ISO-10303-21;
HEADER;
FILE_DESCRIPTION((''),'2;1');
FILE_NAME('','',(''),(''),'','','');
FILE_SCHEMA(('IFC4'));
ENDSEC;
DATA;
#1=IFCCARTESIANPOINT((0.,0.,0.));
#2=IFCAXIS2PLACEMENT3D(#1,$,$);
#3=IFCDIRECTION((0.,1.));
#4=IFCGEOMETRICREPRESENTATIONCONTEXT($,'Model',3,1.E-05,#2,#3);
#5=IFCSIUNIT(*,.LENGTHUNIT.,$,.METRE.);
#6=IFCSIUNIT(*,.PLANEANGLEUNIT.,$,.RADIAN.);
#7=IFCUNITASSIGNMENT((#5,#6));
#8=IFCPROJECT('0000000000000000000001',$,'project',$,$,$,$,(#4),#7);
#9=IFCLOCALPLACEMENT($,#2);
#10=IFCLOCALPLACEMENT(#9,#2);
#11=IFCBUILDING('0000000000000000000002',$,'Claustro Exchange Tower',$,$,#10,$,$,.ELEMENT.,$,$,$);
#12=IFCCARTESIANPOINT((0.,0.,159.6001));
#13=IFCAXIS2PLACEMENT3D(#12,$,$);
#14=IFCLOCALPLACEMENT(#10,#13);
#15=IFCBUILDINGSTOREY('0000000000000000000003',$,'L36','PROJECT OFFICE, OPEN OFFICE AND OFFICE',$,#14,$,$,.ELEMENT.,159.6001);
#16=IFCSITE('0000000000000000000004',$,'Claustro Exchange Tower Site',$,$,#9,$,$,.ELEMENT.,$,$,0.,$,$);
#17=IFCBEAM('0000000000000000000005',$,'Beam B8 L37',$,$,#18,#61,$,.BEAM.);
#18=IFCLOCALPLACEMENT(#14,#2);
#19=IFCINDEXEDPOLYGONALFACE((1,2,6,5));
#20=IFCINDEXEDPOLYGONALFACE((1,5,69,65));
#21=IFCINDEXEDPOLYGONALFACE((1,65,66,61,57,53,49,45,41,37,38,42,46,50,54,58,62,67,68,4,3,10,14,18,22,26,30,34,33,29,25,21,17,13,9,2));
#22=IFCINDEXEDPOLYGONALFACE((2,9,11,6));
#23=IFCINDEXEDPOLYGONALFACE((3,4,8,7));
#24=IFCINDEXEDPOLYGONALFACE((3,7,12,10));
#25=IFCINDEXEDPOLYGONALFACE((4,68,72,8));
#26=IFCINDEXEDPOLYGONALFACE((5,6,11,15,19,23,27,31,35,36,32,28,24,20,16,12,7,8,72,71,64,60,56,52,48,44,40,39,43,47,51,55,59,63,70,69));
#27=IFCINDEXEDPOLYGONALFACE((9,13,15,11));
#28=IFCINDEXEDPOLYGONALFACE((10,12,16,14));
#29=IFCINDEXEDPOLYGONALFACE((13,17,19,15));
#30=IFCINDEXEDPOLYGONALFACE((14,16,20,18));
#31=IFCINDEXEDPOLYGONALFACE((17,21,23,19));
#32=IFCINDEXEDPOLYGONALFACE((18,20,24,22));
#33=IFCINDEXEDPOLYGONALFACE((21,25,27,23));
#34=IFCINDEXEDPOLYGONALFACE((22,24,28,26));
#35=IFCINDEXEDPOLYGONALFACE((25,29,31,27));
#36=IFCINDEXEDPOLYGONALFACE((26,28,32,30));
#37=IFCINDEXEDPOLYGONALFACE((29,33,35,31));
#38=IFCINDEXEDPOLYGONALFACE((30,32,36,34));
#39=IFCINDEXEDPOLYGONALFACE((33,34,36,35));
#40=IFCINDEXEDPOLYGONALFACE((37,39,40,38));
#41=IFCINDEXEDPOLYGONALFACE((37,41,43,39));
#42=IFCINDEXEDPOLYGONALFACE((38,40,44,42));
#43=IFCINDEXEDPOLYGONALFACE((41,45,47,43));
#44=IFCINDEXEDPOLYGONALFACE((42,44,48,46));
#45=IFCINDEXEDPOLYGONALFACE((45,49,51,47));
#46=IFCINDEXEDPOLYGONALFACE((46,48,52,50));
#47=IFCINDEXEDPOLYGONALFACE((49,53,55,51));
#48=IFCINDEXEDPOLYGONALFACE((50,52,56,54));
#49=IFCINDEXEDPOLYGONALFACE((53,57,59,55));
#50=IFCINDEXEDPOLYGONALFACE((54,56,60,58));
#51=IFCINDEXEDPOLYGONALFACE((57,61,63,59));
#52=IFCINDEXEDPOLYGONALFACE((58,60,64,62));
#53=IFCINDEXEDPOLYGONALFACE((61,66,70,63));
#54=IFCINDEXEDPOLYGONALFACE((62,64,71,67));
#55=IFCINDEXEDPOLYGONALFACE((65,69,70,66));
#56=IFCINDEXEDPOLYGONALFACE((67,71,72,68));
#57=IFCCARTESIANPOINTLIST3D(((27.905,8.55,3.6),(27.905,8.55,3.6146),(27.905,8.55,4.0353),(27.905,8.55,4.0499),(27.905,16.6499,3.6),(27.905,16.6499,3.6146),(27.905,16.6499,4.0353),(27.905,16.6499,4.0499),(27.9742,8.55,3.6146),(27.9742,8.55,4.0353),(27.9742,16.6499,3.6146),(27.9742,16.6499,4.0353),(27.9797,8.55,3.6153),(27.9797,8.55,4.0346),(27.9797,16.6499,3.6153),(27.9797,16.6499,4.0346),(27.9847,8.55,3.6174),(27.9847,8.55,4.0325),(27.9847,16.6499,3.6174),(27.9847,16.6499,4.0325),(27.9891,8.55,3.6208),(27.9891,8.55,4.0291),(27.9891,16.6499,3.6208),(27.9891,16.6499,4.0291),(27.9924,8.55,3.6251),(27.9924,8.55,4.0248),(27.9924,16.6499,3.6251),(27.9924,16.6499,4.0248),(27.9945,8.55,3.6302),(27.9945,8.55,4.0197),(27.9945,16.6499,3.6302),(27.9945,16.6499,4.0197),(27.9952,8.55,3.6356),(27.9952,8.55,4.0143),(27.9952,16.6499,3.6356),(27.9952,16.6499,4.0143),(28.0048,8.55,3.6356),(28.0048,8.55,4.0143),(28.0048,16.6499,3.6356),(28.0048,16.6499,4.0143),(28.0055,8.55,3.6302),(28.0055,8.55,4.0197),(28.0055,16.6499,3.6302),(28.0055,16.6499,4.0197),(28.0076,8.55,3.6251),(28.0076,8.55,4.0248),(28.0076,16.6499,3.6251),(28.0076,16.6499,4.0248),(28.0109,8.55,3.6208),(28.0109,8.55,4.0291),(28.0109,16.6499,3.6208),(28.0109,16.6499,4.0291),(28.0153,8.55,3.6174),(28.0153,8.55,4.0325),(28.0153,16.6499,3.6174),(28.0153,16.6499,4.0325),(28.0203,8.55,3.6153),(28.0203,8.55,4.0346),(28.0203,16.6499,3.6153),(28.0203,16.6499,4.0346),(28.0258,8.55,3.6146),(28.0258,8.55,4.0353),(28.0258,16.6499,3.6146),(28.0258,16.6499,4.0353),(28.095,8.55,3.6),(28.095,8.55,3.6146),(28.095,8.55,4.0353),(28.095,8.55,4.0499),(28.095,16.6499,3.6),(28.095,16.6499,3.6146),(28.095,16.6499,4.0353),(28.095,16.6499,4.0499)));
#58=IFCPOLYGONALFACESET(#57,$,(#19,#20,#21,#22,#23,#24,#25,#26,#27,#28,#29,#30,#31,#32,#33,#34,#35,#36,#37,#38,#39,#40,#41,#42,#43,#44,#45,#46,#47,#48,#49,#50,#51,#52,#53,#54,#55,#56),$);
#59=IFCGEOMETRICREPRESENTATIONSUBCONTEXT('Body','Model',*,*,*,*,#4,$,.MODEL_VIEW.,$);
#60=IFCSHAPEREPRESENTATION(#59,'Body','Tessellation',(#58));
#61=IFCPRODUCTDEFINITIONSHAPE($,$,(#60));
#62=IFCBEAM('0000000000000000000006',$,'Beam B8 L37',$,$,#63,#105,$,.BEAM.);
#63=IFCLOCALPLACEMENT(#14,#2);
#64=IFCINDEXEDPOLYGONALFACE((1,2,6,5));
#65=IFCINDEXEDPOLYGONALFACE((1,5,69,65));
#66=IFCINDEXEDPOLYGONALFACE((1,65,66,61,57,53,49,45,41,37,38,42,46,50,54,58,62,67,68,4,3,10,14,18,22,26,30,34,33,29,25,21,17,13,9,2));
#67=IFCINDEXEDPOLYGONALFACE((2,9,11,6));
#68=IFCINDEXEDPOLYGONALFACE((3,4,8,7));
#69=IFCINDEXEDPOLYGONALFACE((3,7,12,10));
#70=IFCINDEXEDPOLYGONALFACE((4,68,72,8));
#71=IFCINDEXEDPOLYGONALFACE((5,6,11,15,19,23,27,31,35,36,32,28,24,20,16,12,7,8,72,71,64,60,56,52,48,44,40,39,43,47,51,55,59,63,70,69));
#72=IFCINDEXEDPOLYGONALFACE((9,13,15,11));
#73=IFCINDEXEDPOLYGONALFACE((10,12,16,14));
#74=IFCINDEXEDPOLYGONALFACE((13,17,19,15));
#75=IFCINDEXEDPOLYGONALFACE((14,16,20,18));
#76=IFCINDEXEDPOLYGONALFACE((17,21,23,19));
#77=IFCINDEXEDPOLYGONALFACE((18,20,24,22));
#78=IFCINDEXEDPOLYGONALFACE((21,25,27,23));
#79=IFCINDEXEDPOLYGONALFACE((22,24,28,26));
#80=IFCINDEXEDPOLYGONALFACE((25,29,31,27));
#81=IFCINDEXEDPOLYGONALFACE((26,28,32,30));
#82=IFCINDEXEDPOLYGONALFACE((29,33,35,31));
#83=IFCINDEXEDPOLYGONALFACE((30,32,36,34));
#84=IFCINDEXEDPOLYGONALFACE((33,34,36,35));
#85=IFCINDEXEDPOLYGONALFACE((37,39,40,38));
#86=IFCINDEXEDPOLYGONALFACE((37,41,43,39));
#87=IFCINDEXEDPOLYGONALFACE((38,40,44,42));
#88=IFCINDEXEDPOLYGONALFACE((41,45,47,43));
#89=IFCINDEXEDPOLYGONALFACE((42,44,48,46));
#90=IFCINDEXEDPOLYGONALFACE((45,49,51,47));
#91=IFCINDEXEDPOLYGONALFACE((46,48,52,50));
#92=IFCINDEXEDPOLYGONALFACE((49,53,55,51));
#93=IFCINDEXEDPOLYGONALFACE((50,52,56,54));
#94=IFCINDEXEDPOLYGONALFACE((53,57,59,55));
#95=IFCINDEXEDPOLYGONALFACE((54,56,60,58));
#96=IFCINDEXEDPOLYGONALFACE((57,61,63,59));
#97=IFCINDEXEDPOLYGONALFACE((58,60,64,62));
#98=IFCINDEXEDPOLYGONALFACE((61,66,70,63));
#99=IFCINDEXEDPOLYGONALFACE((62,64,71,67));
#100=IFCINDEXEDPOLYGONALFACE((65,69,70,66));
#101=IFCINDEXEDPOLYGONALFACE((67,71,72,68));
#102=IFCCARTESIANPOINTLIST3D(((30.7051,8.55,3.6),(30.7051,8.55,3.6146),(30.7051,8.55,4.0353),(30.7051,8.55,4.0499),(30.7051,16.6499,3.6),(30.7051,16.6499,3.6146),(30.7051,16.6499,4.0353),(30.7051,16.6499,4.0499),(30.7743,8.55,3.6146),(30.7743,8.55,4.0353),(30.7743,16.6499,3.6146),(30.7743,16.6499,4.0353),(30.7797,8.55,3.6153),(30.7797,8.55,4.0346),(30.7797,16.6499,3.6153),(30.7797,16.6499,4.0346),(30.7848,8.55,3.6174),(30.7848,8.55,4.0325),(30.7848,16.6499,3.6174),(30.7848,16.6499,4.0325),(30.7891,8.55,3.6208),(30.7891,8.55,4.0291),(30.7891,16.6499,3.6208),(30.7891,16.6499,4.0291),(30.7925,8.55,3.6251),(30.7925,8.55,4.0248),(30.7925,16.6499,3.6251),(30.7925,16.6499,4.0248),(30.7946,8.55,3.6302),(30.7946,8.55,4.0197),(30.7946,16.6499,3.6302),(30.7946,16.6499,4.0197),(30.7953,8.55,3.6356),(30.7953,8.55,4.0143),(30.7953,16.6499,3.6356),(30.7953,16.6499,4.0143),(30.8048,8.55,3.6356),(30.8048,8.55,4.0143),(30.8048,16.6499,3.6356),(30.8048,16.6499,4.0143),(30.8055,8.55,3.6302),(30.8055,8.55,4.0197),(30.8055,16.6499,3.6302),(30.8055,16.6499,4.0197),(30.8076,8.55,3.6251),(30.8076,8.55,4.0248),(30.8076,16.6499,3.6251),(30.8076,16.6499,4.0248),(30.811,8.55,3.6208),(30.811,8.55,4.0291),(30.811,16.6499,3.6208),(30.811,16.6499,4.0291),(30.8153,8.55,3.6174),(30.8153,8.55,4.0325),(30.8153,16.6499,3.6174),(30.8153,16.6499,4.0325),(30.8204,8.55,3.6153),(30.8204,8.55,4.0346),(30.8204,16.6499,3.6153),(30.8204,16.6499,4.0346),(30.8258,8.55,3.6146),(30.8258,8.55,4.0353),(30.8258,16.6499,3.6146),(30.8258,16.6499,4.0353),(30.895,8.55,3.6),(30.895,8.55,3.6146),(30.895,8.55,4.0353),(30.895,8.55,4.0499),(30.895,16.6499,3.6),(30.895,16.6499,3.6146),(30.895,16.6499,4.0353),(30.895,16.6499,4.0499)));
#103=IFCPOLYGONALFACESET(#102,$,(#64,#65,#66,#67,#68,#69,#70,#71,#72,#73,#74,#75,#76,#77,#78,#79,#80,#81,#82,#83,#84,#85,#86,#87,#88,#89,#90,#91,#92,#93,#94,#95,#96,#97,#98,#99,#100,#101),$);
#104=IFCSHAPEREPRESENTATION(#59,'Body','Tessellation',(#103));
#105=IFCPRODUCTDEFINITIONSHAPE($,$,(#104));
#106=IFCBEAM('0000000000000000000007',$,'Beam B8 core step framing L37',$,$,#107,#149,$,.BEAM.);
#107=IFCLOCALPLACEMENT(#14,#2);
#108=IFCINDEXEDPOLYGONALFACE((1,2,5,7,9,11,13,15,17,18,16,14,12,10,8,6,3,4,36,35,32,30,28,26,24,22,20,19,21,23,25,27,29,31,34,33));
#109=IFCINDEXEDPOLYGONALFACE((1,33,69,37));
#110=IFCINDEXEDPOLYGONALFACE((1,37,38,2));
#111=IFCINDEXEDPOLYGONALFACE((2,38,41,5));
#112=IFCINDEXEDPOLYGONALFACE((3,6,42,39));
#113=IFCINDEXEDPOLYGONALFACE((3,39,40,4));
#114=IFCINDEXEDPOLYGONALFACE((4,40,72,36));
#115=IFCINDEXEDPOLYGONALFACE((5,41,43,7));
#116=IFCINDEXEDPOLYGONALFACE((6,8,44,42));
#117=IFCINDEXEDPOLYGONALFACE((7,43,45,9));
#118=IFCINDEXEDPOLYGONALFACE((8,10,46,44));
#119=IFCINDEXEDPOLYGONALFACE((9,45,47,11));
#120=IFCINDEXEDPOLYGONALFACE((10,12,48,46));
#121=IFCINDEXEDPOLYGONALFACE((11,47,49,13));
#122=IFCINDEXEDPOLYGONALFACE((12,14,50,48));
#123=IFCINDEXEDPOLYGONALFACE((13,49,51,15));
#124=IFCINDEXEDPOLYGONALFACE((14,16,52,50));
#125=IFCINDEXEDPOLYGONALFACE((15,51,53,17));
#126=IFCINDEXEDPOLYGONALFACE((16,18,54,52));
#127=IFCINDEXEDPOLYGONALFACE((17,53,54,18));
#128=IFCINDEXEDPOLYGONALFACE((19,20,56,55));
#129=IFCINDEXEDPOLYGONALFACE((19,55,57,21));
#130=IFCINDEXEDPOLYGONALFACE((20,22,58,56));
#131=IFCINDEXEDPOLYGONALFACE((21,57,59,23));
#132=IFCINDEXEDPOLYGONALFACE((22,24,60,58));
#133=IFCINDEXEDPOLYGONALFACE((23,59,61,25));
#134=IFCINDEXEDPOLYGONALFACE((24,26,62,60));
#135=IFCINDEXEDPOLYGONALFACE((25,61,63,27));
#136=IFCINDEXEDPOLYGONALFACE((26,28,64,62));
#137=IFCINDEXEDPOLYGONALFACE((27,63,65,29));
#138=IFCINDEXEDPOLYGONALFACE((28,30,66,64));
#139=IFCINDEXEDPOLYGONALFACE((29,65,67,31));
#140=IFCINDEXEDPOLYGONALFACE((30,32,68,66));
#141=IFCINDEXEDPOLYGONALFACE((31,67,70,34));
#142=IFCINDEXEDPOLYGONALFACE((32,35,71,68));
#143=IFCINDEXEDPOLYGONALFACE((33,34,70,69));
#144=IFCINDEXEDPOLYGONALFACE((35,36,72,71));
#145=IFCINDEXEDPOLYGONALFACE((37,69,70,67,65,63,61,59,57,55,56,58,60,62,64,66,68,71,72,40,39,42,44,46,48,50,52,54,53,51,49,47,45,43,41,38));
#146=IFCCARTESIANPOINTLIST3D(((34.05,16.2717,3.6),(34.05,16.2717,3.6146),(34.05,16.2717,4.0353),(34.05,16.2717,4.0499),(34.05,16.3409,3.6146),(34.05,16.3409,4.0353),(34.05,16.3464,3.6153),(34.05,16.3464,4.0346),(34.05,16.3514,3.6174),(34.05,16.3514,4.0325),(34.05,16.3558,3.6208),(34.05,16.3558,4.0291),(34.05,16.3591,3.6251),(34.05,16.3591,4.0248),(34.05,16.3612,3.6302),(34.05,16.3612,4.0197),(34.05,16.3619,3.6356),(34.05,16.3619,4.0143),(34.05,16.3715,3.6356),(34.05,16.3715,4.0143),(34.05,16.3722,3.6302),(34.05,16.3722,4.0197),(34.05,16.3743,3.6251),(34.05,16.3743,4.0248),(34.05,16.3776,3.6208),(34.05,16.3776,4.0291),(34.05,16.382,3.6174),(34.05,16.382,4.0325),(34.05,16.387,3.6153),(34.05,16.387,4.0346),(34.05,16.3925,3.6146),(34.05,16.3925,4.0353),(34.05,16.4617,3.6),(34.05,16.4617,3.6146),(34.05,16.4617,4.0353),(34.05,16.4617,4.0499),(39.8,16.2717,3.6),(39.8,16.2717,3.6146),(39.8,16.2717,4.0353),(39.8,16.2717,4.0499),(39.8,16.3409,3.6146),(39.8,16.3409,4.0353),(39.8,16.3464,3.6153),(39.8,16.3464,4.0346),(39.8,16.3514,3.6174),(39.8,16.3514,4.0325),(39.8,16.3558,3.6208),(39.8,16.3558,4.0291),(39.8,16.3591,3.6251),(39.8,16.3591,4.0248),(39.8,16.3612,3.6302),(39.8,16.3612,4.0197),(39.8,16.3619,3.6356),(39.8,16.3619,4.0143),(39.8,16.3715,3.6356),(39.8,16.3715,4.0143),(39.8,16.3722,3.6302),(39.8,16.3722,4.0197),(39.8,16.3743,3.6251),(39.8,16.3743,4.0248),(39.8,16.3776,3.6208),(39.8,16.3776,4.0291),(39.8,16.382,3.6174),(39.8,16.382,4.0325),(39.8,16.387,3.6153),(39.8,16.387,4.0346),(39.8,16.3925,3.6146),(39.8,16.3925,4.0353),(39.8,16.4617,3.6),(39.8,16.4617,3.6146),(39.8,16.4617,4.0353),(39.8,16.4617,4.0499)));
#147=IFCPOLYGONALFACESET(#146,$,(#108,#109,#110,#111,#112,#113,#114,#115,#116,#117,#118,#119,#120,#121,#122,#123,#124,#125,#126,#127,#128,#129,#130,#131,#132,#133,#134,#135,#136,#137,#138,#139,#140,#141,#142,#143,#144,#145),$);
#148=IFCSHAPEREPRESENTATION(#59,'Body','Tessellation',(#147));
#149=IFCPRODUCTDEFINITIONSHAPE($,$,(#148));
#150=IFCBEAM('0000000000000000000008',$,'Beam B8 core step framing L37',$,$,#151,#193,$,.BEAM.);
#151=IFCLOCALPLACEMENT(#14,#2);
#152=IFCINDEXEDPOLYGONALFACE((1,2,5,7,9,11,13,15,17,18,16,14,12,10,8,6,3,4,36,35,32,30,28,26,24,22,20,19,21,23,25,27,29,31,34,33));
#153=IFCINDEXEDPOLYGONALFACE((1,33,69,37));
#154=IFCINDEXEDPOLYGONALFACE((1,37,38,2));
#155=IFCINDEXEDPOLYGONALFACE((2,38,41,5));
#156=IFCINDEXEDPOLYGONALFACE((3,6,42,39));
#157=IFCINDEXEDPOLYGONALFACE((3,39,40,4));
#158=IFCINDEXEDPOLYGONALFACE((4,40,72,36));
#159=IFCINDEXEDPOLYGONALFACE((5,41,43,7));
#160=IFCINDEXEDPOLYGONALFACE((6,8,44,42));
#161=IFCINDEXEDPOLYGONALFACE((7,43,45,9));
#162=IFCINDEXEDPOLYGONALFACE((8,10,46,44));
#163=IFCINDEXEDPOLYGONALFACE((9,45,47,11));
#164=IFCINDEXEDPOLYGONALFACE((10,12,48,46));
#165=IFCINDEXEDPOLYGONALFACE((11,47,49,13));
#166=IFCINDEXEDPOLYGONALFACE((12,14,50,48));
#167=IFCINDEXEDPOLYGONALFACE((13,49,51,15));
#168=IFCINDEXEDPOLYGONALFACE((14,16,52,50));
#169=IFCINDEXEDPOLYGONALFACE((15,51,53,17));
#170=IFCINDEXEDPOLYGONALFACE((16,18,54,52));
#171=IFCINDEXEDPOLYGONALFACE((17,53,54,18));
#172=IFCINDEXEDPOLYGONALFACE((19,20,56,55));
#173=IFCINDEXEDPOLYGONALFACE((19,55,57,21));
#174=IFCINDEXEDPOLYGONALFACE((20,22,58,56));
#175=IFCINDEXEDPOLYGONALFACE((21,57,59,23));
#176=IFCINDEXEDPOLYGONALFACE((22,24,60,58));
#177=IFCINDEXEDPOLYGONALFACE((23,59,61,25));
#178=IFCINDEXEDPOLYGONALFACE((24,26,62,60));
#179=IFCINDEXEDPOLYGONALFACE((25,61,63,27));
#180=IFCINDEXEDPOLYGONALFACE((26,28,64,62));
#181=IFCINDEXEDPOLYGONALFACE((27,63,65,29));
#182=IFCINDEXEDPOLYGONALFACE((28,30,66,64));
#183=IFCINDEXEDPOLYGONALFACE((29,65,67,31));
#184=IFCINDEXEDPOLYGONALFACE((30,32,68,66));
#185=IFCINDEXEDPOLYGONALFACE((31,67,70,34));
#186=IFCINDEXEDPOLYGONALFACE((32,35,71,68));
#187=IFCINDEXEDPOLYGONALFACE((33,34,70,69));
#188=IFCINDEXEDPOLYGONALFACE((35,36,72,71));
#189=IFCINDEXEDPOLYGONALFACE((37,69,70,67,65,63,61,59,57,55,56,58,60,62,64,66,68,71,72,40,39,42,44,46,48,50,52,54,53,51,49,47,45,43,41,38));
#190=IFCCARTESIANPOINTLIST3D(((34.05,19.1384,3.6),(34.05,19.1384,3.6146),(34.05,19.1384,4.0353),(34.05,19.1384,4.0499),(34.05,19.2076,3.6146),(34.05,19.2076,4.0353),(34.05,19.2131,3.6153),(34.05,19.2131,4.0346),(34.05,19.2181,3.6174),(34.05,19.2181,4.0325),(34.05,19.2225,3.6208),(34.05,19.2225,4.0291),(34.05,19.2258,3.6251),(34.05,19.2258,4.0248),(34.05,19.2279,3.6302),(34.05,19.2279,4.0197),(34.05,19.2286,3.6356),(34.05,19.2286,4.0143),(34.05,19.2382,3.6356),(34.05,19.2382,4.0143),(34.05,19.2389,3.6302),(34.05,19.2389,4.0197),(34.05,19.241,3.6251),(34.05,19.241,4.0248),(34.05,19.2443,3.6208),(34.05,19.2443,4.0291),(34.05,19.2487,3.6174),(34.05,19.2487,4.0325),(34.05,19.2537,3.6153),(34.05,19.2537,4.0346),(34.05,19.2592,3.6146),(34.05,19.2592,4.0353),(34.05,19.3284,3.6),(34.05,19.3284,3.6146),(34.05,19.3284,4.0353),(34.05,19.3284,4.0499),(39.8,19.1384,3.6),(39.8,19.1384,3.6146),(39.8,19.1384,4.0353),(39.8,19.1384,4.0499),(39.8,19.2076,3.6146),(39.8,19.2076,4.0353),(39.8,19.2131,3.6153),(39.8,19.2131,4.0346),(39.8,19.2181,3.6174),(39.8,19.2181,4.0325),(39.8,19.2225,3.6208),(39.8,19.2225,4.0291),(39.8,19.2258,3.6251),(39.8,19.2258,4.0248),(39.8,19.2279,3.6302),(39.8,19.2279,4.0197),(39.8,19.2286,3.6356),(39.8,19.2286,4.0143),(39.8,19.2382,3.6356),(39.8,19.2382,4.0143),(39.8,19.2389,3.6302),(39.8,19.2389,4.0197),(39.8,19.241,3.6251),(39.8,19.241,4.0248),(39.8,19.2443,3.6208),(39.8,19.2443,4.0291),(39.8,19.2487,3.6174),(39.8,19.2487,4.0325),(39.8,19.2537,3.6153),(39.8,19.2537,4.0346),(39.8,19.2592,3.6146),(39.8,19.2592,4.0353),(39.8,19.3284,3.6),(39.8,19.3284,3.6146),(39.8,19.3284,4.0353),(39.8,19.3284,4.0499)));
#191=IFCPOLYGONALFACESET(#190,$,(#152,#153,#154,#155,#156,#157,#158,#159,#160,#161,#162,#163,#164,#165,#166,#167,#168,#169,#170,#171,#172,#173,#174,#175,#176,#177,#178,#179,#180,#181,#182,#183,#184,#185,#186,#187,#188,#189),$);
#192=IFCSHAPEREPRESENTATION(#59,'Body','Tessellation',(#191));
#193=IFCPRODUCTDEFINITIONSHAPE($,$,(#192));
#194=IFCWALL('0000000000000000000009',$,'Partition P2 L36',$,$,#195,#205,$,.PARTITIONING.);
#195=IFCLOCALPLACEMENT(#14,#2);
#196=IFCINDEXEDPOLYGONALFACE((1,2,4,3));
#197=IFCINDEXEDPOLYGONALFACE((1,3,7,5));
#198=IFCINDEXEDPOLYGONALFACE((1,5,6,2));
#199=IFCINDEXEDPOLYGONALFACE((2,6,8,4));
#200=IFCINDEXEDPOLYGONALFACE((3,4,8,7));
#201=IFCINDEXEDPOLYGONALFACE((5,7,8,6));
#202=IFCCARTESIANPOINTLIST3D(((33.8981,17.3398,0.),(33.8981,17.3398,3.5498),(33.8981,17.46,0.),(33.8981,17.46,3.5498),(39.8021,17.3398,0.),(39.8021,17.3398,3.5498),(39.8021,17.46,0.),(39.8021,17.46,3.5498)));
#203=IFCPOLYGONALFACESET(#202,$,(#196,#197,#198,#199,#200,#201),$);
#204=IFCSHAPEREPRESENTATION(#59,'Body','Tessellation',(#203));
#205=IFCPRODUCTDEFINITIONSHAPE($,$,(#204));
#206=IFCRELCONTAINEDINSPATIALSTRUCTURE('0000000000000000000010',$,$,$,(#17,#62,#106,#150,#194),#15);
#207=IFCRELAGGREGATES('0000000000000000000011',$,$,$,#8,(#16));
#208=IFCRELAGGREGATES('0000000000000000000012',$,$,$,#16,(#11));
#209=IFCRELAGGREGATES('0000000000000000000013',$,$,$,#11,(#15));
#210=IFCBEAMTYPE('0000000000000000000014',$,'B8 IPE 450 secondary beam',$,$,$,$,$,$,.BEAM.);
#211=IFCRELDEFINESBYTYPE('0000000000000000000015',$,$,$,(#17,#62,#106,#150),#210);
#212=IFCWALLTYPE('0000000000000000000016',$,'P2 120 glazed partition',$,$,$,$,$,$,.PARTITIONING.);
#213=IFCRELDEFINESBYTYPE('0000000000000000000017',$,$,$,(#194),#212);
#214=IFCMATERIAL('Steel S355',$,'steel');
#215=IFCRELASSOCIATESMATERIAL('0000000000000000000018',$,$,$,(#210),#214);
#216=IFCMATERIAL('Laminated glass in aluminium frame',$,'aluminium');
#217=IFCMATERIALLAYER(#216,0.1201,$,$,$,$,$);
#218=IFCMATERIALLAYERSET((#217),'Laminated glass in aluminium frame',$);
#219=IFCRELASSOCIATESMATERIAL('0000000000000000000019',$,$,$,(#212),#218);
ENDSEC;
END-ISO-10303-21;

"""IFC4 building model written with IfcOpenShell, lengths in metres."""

from ifc_helpers import new_model, si_unit, direction, frame, frame_2d, origin, origin_2d, place, context, subcontext, project, spatial, rectangle, i_section, extrude, material, layer, layer_set, material_profile, profile_set, type_object, element, save


model = new_model("IFC4")

# Units and contexts
model_context = context("Model", 3, precision=1e-05, world=origin(), true_north=direction((0.0, 1.0)))
body_context = subcontext(model_context, "Body", "Model", "MODEL_VIEW")
ifc_project = project(units=[si_unit("LENGTHUNIT", "METRE"), si_unit("PLANEANGLEUNIT", "RADIAN")], contexts=[model_context])

# Site, building, storey
site_placement = place(None, origin())
site = spatial("IfcSite", under=ifc_project, at=site_placement, Name="Claustro Exchange Tower Site", CompositionType="ELEMENT", RefElevation=0.0)
building_placement = place(site_placement, origin())
building = spatial("IfcBuilding", under=site, at=building_placement, Name="Claustro Exchange Tower", CompositionType="ELEMENT")
storey_placement = place(building_placement, frame((0.0, 0.0, 159.6001)))
storey = spatial("IfcBuildingStorey", under=building, at=storey_placement, Name="L36", Description="PROJECT OFFICE, OPEN OFFICE AND OFFICE", CompositionType="ELEMENT", Elevation=159.6001)

# Beams
ifc_material_1 = material(Name="Steel S355", Category="steel")
ifc_material_profile_1 = material_profile(ifc_material_1, i_section(OverallWidth=0.1899, OverallDepth=0.45, WebThickness=0.0095, FlangeThickness=0.0146, FilletRadius=0.021, at=origin_2d()), Name="IPE 450")
ifc_profile_set_1 = profile_set([ifc_material_profile_1], Name="Steel S355")
beam_type_1 = type_object("IfcBeamType", Name="B8 IPE 450 secondary beam", PredefinedType="BEAM", material=ifc_profile_set_1)
for number, where, z_axis, x_axis, name in (
    (1, (28.0, 8.55, 3.825), (0.0, 1.0, 0.0), (-1.0, 0.0, 0.0), "Beam B8 L37"),
    (2, (30.8, 8.55, 3.825), (0.0, 1.0, 0.0), (-1.0, 0.0, 0.0), "Beam B8 L37"),
):
    element("IfcBeam", number, at=place(storey_placement, frame(where, z_axis=z_axis, x_axis=x_axis)), inside=storey, type_object=beam_type_1, Name=name, PredefinedType="BEAM", context=body_context, shape_type="SweptSolid", body=[
        extrude(i_section(OverallWidth=0.1899, OverallDepth=0.45, WebThickness=0.0095, FlangeThickness=0.0146, FilletRadius=0.021, at=origin_2d()), origin(), (0.0, 0.0, 1.0), 8.0999),
    ])
for number, where, z_axis, x_axis, name in (
    (3, (34.05, 16.3667, 3.825), (1.0, 0.0, 0.0), (0.0, 1.0, 0.0), "Beam B8 core step framing L37"),
    (4, (34.05, 19.2334, 3.825), (1.0, 0.0, 0.0), (0.0, 1.0, 0.0), "Beam B8 core step framing L37"),
):
    element("IfcBeam", number, at=place(storey_placement, frame(where, z_axis=z_axis, x_axis=x_axis)), inside=storey, type_object=beam_type_1, Name=name, PredefinedType="BEAM", context=body_context, shape_type="SweptSolid", body=[
        extrude(i_section(OverallWidth=0.1899, OverallDepth=0.45, WebThickness=0.0095, FlangeThickness=0.0146, FilletRadius=0.021, at=origin_2d()), origin(), (0.0, 0.0, 1.0), 5.75),
    ])

# Wall
ifc_material_2 = material(Name="Laminated glass in aluminium frame", Category="aluminium")
ifc_layer_1 = layer(ifc_material_2, 0.1201)
ifc_layer_set_1 = layer_set([ifc_layer_1], Name="Laminated glass in aluminium frame")
wall_type_1 = type_object("IfcWallType", Name="P2 120 glazed partition", PredefinedType="PARTITIONING", material=ifc_layer_set_1)
wall_1_placement = place(storey_placement, frame((33.8979, 17.3999, 0.0), z_axis=(0.0, 0.0, 1.0), x_axis=(1.0, 0.0, 0.0)))
element("IfcWall", 5, at=wall_1_placement, inside=storey, type_object=wall_type_1, Name="Partition P2 L36", PredefinedType="PARTITIONING", context=body_context, shape_type="SweptSolid", body=[
    extrude(rectangle(XDim=5.9041, YDim=0.1201, at=frame_2d((2.9521, 0.0))), origin(), (0.0, 0.0, 1.0), 3.5498),
])

save(model, "model.ifc")
